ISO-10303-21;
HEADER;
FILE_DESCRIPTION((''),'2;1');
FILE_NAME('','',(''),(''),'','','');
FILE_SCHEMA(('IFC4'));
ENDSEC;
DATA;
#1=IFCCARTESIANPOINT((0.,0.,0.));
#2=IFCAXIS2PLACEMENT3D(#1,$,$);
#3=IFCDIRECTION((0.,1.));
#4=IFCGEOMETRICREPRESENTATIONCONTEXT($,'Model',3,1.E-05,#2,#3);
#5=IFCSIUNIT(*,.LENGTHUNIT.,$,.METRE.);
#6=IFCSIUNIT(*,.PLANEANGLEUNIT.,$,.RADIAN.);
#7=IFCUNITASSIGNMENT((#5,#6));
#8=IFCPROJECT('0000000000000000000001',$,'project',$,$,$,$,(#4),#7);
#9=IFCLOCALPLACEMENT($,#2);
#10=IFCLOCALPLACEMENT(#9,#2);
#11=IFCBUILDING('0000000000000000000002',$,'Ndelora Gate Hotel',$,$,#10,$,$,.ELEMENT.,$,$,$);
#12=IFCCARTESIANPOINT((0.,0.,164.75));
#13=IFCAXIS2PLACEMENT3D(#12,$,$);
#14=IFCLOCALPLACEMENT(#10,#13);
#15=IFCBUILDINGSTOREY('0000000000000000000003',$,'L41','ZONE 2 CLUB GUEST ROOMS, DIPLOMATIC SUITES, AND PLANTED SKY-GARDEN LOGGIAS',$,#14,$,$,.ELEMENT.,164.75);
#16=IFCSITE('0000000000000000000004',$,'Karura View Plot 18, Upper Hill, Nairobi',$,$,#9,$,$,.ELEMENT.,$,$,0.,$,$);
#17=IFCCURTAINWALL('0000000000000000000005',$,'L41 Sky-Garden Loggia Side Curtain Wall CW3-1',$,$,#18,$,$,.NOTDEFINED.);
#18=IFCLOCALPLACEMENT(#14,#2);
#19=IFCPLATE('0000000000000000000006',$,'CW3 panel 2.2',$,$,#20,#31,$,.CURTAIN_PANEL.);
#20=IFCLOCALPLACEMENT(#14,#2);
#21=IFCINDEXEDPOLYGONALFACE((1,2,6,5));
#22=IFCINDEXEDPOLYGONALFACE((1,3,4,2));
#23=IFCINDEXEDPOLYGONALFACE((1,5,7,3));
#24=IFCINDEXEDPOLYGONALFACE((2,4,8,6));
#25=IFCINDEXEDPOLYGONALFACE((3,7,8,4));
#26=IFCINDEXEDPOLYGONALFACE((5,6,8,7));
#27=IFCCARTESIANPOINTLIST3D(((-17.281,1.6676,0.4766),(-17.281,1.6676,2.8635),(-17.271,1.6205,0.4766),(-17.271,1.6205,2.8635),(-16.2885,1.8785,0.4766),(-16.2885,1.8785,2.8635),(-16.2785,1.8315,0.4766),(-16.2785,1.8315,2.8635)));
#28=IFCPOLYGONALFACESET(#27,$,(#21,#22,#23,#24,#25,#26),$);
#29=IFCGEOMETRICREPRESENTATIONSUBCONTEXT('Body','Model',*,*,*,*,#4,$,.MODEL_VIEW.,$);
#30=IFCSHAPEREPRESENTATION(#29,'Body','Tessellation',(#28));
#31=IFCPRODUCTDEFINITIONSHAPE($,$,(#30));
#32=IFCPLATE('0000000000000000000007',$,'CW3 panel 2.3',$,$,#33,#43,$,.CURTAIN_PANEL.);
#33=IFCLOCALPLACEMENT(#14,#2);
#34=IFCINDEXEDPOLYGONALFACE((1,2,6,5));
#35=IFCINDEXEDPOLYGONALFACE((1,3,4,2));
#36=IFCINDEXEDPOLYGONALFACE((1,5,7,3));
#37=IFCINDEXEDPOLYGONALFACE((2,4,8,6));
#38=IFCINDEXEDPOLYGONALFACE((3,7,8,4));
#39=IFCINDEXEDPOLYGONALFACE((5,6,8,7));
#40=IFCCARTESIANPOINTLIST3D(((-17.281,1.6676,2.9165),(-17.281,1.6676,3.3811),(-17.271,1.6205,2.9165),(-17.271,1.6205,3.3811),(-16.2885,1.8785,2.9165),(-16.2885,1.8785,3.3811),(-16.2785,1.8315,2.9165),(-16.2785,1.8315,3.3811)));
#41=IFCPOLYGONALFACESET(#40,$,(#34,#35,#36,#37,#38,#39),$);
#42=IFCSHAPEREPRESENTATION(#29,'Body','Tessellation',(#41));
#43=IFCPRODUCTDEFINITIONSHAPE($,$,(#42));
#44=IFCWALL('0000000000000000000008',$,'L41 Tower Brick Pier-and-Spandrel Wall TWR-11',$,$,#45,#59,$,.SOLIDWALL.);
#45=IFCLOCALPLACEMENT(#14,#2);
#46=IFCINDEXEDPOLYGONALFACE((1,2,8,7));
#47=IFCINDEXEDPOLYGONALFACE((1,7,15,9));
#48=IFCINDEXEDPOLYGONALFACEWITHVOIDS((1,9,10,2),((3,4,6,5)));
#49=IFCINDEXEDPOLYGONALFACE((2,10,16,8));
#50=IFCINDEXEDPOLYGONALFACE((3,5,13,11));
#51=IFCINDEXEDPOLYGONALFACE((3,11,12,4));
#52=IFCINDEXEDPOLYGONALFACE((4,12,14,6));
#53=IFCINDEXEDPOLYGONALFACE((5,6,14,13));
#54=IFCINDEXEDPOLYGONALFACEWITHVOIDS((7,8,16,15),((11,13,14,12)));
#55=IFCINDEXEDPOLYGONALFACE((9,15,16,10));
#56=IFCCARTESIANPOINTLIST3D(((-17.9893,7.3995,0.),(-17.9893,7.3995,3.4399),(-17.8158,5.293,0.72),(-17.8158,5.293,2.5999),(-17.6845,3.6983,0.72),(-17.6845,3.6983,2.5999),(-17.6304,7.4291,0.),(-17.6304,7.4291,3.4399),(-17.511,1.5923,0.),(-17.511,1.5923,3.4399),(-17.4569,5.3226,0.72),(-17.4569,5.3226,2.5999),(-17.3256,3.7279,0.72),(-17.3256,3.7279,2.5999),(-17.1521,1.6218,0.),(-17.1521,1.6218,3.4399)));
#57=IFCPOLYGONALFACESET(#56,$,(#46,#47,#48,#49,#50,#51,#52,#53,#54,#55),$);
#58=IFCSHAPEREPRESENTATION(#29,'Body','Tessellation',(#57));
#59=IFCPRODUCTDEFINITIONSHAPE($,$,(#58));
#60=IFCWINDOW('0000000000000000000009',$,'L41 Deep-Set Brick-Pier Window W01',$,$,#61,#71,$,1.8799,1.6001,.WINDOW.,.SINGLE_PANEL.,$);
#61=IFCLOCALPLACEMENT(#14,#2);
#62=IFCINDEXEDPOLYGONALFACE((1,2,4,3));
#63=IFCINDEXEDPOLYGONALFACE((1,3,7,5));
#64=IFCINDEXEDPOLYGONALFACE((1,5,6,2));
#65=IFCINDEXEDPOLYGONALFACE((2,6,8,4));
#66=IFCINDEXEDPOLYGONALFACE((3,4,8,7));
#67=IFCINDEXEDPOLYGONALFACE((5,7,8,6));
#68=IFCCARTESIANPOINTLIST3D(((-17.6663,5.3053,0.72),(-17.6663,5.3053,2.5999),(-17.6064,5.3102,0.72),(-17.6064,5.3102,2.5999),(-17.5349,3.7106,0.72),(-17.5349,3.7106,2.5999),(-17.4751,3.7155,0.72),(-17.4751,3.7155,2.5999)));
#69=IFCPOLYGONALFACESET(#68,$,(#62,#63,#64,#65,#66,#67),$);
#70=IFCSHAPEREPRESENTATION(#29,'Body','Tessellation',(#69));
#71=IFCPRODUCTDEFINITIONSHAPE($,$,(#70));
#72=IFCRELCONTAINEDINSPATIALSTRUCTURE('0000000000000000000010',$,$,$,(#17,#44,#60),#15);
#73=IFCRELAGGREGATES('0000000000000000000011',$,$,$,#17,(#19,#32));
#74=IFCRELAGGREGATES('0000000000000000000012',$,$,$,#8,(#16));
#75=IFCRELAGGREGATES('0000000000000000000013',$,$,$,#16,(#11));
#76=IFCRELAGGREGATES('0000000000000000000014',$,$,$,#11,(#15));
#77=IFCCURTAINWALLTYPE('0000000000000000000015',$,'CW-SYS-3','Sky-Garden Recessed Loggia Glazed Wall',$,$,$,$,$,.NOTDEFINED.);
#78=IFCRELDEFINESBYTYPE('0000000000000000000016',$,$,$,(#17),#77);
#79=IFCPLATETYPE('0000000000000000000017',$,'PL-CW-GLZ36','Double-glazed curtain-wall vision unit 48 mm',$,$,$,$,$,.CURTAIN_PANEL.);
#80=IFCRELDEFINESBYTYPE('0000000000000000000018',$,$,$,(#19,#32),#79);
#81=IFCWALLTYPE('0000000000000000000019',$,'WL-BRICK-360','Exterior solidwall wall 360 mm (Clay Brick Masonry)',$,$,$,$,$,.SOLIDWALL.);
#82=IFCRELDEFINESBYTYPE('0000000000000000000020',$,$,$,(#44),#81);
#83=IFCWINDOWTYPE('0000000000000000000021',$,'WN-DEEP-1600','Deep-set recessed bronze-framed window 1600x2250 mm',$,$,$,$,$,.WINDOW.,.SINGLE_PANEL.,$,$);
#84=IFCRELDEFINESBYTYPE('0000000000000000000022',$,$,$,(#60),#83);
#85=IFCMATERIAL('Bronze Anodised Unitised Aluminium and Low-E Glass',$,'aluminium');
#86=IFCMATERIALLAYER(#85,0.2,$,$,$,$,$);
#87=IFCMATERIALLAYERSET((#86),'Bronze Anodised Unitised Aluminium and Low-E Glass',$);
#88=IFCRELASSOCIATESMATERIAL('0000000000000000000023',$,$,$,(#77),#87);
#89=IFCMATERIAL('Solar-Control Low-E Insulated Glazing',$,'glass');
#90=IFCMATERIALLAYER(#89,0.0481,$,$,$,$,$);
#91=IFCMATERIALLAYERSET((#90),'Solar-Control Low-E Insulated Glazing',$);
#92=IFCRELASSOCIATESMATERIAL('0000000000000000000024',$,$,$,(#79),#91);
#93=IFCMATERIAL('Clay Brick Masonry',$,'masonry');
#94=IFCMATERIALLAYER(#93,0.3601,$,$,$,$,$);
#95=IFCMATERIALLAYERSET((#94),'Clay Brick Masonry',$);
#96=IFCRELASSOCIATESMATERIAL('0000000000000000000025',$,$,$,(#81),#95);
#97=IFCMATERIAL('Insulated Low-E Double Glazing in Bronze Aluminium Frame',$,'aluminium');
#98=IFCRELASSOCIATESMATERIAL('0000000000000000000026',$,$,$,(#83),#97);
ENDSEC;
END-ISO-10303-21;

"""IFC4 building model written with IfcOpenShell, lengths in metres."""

from ifc_helpers import new_model, si_unit, direction, frame, frame_2d, origin, origin_2d, place, context, subcontext, project, spatial, rectangle, extrude, material, layer, layer_set, type_object, element, fill, aggregate, save


model = new_model("IFC4")

# Units and contexts
model_context = context("Model", 3, precision=1e-05, world=origin(), true_north=direction((0.0, 1.0)))
body_context = subcontext(model_context, "Body", "Model", "MODEL_VIEW")
ifc_project = project(units=[si_unit("LENGTHUNIT", "METRE"), si_unit("PLANEANGLEUNIT", "RADIAN")], contexts=[model_context])

# Site, building, storey
site_placement = place(None, origin())
site = spatial("IfcSite", under=ifc_project, at=site_placement, Name="Karura View Plot 18, Upper Hill, Nairobi", CompositionType="ELEMENT", RefElevation=0.0)
building_placement = place(site_placement, origin())
building = spatial("IfcBuilding", under=site, at=building_placement, Name="Ndelora Gate Hotel", CompositionType="ELEMENT")
storey_placement = place(building_placement, frame((0.0, 0.0, 164.75)))
storey = spatial("IfcBuildingStorey", under=building, at=storey_placement, Name="L41", Description="ZONE 2 CLUB GUEST ROOMS, DIPLOMATIC SUITES, AND PLANTED SKY-GARDEN LOGGIAS", CompositionType="ELEMENT", Elevation=164.75)

# Curtain wall, plates
ifc_material_1 = material(Name="Bronze Anodised Unitised Aluminium and Low-E Glass", Category="aluminium")
ifc_layer_1 = layer(ifc_material_1, 0.2)
ifc_layer_set_1 = layer_set([ifc_layer_1], Name="Bronze Anodised Unitised Aluminium and Low-E Glass")
curtain_wall_type = type_object("IfcCurtainWallType", Name="CW-SYS-3", Description="Sky-Garden Recessed Loggia Glazed Wall", PredefinedType="NOTDEFINED", material=ifc_layer_set_1)
curtain_wall_placement = place(storey_placement, origin())
curtain_wall = element("IfcCurtainWall", 1, at=curtain_wall_placement, inside=storey, type_object=curtain_wall_type, Name="L41 Sky-Garden Loggia Side Curtain Wall CW3-1", PredefinedType="NOTDEFINED")
ifc_material_2 = material(Name="Solar-Control Low-E Insulated Glazing", Category="glass")
ifc_layer_2 = layer(ifc_material_2, 0.0481)
ifc_layer_set_2 = layer_set([ifc_layer_2], Name="Solar-Control Low-E Insulated Glazing")
plate_type = type_object("IfcPlateType", Name="PL-CW-GLZ36", Description="Double-glazed curtain-wall vision unit 48 mm", PredefinedType="CURTAIN_PANEL", material=ifc_layer_set_2)
plate_1_placement = place(storey_placement, frame((-16.7798, 1.7495, 0.4766), z_axis=(0.0, 0.0, 1.0), x_axis=(-0.97815, -0.207902, 0.0)))
plate_1 = element("IfcPlate", 2, at=plate_1_placement, type_object=plate_type, Name="CW3 panel 2.2", PredefinedType="CURTAIN_PANEL", context=body_context, shape_type="SweptSolid", body=[
    extrude(rectangle(XDim=1.0146, YDim=0.0481, at=origin_2d()), origin(), (0.0, 0.0, 1.0), 2.387),
])
plate_2_placement = place(storey_placement, frame((-16.7798, 1.7495, 2.9165), z_axis=(0.0, 0.0, 1.0), x_axis=(-0.97815, -0.207902, 0.0)))
plate_2 = element("IfcPlate", 3, at=plate_2_placement, type_object=plate_type, Name="CW3 panel 2.3", PredefinedType="CURTAIN_PANEL", context=body_context, shape_type="SweptSolid", body=[
    extrude(rectangle(XDim=1.0146, YDim=0.0481, at=origin_2d()), origin(), (0.0, 0.0, 1.0), 0.4646),
])
aggregate(curtain_wall, [plate_1, plate_2])

# Wall, opening, window
ifc_material_3 = material(Name="Clay Brick Masonry", Category="masonry")
ifc_layer_3 = layer(ifc_material_3, 0.3601)
ifc_layer_set_3 = layer_set([ifc_layer_3], Name="Clay Brick Masonry")
wall_type = type_object("IfcWallType", Name="WL-BRICK-360", Description="Exterior solidwall wall 360 mm (Clay Brick Masonry)", PredefinedType="SOLIDWALL", material=ifc_layer_set_3)
wall_placement = place(storey_placement, frame((-17.3315, 1.6069, 0.0), z_axis=(0.0, 0.0, 1.0), x_axis=(-0.082081, 0.996626, 0.0)))
wall = element("IfcWall", 4, at=wall_placement, inside=storey, type_object=wall_type, Name="L41 Tower Brick Pier-and-Spandrel Wall TWR-11", PredefinedType="SOLIDWALL", context=body_context, shape_type="SweptSolid", body=[
    extrude(rectangle(XDim=5.8269, YDim=0.3601, at=frame_2d((2.9136, 0.0))), origin(), (0.0, 0.0, 1.0), 3.4399),
])
opening_placement = place(wall_placement, frame((2.1133, 0.0, 0.72)))
opening = element("IfcOpeningElement", 5, at=opening_placement, cuts=wall, PredefinedType="OPENING", context=body_context, shape_type="SweptSolid", body=[
    extrude(rectangle(XDim=1.6001, YDim=1.8799, at=frame_2d((0.8, 0.9399))), frame((0.0, 0.1899, 0.0), z_axis=(0.0, -1.0, 0.0), x_axis=(1.0, 0.0, 0.0)), (0.0, 0.0, 1.0), 0.3801),
])
ifc_material_4 = material(Name="Insulated Low-E Double Glazing in Bronze Aluminium Frame", Category="aluminium")
window_type = type_object("IfcWindowType", Name="WN-DEEP-1600", Description="Deep-set recessed bronze-framed window 1600x2250 mm", PartitioningType="SINGLE_PANEL", PredefinedType="WINDOW", material=ifc_material_4)
window_placement = place(opening_placement, origin())
window = element("IfcWindow", 6, at=window_placement, inside=storey, type_object=window_type, Name="L41 Deep-Set Brick-Pier Window W01", OverallHeight=1.8799, OverallWidth=1.6001, PartitioningType="SINGLE_PANEL", PredefinedType="WINDOW", context=body_context, shape_type="SweptSolid", body=[
    extrude(rectangle(XDim=1.6001, YDim=1.8799, at=frame_2d((0.8, 0.9399))), frame((0.0, 0.03, 0.0), z_axis=(0.0, -1.0, 0.0), x_axis=(1.0, 0.0, 0.0)), (0.0, 0.0, 1.0), 0.0601),
])
fill(opening, window)

save(model, "model.ifc")
